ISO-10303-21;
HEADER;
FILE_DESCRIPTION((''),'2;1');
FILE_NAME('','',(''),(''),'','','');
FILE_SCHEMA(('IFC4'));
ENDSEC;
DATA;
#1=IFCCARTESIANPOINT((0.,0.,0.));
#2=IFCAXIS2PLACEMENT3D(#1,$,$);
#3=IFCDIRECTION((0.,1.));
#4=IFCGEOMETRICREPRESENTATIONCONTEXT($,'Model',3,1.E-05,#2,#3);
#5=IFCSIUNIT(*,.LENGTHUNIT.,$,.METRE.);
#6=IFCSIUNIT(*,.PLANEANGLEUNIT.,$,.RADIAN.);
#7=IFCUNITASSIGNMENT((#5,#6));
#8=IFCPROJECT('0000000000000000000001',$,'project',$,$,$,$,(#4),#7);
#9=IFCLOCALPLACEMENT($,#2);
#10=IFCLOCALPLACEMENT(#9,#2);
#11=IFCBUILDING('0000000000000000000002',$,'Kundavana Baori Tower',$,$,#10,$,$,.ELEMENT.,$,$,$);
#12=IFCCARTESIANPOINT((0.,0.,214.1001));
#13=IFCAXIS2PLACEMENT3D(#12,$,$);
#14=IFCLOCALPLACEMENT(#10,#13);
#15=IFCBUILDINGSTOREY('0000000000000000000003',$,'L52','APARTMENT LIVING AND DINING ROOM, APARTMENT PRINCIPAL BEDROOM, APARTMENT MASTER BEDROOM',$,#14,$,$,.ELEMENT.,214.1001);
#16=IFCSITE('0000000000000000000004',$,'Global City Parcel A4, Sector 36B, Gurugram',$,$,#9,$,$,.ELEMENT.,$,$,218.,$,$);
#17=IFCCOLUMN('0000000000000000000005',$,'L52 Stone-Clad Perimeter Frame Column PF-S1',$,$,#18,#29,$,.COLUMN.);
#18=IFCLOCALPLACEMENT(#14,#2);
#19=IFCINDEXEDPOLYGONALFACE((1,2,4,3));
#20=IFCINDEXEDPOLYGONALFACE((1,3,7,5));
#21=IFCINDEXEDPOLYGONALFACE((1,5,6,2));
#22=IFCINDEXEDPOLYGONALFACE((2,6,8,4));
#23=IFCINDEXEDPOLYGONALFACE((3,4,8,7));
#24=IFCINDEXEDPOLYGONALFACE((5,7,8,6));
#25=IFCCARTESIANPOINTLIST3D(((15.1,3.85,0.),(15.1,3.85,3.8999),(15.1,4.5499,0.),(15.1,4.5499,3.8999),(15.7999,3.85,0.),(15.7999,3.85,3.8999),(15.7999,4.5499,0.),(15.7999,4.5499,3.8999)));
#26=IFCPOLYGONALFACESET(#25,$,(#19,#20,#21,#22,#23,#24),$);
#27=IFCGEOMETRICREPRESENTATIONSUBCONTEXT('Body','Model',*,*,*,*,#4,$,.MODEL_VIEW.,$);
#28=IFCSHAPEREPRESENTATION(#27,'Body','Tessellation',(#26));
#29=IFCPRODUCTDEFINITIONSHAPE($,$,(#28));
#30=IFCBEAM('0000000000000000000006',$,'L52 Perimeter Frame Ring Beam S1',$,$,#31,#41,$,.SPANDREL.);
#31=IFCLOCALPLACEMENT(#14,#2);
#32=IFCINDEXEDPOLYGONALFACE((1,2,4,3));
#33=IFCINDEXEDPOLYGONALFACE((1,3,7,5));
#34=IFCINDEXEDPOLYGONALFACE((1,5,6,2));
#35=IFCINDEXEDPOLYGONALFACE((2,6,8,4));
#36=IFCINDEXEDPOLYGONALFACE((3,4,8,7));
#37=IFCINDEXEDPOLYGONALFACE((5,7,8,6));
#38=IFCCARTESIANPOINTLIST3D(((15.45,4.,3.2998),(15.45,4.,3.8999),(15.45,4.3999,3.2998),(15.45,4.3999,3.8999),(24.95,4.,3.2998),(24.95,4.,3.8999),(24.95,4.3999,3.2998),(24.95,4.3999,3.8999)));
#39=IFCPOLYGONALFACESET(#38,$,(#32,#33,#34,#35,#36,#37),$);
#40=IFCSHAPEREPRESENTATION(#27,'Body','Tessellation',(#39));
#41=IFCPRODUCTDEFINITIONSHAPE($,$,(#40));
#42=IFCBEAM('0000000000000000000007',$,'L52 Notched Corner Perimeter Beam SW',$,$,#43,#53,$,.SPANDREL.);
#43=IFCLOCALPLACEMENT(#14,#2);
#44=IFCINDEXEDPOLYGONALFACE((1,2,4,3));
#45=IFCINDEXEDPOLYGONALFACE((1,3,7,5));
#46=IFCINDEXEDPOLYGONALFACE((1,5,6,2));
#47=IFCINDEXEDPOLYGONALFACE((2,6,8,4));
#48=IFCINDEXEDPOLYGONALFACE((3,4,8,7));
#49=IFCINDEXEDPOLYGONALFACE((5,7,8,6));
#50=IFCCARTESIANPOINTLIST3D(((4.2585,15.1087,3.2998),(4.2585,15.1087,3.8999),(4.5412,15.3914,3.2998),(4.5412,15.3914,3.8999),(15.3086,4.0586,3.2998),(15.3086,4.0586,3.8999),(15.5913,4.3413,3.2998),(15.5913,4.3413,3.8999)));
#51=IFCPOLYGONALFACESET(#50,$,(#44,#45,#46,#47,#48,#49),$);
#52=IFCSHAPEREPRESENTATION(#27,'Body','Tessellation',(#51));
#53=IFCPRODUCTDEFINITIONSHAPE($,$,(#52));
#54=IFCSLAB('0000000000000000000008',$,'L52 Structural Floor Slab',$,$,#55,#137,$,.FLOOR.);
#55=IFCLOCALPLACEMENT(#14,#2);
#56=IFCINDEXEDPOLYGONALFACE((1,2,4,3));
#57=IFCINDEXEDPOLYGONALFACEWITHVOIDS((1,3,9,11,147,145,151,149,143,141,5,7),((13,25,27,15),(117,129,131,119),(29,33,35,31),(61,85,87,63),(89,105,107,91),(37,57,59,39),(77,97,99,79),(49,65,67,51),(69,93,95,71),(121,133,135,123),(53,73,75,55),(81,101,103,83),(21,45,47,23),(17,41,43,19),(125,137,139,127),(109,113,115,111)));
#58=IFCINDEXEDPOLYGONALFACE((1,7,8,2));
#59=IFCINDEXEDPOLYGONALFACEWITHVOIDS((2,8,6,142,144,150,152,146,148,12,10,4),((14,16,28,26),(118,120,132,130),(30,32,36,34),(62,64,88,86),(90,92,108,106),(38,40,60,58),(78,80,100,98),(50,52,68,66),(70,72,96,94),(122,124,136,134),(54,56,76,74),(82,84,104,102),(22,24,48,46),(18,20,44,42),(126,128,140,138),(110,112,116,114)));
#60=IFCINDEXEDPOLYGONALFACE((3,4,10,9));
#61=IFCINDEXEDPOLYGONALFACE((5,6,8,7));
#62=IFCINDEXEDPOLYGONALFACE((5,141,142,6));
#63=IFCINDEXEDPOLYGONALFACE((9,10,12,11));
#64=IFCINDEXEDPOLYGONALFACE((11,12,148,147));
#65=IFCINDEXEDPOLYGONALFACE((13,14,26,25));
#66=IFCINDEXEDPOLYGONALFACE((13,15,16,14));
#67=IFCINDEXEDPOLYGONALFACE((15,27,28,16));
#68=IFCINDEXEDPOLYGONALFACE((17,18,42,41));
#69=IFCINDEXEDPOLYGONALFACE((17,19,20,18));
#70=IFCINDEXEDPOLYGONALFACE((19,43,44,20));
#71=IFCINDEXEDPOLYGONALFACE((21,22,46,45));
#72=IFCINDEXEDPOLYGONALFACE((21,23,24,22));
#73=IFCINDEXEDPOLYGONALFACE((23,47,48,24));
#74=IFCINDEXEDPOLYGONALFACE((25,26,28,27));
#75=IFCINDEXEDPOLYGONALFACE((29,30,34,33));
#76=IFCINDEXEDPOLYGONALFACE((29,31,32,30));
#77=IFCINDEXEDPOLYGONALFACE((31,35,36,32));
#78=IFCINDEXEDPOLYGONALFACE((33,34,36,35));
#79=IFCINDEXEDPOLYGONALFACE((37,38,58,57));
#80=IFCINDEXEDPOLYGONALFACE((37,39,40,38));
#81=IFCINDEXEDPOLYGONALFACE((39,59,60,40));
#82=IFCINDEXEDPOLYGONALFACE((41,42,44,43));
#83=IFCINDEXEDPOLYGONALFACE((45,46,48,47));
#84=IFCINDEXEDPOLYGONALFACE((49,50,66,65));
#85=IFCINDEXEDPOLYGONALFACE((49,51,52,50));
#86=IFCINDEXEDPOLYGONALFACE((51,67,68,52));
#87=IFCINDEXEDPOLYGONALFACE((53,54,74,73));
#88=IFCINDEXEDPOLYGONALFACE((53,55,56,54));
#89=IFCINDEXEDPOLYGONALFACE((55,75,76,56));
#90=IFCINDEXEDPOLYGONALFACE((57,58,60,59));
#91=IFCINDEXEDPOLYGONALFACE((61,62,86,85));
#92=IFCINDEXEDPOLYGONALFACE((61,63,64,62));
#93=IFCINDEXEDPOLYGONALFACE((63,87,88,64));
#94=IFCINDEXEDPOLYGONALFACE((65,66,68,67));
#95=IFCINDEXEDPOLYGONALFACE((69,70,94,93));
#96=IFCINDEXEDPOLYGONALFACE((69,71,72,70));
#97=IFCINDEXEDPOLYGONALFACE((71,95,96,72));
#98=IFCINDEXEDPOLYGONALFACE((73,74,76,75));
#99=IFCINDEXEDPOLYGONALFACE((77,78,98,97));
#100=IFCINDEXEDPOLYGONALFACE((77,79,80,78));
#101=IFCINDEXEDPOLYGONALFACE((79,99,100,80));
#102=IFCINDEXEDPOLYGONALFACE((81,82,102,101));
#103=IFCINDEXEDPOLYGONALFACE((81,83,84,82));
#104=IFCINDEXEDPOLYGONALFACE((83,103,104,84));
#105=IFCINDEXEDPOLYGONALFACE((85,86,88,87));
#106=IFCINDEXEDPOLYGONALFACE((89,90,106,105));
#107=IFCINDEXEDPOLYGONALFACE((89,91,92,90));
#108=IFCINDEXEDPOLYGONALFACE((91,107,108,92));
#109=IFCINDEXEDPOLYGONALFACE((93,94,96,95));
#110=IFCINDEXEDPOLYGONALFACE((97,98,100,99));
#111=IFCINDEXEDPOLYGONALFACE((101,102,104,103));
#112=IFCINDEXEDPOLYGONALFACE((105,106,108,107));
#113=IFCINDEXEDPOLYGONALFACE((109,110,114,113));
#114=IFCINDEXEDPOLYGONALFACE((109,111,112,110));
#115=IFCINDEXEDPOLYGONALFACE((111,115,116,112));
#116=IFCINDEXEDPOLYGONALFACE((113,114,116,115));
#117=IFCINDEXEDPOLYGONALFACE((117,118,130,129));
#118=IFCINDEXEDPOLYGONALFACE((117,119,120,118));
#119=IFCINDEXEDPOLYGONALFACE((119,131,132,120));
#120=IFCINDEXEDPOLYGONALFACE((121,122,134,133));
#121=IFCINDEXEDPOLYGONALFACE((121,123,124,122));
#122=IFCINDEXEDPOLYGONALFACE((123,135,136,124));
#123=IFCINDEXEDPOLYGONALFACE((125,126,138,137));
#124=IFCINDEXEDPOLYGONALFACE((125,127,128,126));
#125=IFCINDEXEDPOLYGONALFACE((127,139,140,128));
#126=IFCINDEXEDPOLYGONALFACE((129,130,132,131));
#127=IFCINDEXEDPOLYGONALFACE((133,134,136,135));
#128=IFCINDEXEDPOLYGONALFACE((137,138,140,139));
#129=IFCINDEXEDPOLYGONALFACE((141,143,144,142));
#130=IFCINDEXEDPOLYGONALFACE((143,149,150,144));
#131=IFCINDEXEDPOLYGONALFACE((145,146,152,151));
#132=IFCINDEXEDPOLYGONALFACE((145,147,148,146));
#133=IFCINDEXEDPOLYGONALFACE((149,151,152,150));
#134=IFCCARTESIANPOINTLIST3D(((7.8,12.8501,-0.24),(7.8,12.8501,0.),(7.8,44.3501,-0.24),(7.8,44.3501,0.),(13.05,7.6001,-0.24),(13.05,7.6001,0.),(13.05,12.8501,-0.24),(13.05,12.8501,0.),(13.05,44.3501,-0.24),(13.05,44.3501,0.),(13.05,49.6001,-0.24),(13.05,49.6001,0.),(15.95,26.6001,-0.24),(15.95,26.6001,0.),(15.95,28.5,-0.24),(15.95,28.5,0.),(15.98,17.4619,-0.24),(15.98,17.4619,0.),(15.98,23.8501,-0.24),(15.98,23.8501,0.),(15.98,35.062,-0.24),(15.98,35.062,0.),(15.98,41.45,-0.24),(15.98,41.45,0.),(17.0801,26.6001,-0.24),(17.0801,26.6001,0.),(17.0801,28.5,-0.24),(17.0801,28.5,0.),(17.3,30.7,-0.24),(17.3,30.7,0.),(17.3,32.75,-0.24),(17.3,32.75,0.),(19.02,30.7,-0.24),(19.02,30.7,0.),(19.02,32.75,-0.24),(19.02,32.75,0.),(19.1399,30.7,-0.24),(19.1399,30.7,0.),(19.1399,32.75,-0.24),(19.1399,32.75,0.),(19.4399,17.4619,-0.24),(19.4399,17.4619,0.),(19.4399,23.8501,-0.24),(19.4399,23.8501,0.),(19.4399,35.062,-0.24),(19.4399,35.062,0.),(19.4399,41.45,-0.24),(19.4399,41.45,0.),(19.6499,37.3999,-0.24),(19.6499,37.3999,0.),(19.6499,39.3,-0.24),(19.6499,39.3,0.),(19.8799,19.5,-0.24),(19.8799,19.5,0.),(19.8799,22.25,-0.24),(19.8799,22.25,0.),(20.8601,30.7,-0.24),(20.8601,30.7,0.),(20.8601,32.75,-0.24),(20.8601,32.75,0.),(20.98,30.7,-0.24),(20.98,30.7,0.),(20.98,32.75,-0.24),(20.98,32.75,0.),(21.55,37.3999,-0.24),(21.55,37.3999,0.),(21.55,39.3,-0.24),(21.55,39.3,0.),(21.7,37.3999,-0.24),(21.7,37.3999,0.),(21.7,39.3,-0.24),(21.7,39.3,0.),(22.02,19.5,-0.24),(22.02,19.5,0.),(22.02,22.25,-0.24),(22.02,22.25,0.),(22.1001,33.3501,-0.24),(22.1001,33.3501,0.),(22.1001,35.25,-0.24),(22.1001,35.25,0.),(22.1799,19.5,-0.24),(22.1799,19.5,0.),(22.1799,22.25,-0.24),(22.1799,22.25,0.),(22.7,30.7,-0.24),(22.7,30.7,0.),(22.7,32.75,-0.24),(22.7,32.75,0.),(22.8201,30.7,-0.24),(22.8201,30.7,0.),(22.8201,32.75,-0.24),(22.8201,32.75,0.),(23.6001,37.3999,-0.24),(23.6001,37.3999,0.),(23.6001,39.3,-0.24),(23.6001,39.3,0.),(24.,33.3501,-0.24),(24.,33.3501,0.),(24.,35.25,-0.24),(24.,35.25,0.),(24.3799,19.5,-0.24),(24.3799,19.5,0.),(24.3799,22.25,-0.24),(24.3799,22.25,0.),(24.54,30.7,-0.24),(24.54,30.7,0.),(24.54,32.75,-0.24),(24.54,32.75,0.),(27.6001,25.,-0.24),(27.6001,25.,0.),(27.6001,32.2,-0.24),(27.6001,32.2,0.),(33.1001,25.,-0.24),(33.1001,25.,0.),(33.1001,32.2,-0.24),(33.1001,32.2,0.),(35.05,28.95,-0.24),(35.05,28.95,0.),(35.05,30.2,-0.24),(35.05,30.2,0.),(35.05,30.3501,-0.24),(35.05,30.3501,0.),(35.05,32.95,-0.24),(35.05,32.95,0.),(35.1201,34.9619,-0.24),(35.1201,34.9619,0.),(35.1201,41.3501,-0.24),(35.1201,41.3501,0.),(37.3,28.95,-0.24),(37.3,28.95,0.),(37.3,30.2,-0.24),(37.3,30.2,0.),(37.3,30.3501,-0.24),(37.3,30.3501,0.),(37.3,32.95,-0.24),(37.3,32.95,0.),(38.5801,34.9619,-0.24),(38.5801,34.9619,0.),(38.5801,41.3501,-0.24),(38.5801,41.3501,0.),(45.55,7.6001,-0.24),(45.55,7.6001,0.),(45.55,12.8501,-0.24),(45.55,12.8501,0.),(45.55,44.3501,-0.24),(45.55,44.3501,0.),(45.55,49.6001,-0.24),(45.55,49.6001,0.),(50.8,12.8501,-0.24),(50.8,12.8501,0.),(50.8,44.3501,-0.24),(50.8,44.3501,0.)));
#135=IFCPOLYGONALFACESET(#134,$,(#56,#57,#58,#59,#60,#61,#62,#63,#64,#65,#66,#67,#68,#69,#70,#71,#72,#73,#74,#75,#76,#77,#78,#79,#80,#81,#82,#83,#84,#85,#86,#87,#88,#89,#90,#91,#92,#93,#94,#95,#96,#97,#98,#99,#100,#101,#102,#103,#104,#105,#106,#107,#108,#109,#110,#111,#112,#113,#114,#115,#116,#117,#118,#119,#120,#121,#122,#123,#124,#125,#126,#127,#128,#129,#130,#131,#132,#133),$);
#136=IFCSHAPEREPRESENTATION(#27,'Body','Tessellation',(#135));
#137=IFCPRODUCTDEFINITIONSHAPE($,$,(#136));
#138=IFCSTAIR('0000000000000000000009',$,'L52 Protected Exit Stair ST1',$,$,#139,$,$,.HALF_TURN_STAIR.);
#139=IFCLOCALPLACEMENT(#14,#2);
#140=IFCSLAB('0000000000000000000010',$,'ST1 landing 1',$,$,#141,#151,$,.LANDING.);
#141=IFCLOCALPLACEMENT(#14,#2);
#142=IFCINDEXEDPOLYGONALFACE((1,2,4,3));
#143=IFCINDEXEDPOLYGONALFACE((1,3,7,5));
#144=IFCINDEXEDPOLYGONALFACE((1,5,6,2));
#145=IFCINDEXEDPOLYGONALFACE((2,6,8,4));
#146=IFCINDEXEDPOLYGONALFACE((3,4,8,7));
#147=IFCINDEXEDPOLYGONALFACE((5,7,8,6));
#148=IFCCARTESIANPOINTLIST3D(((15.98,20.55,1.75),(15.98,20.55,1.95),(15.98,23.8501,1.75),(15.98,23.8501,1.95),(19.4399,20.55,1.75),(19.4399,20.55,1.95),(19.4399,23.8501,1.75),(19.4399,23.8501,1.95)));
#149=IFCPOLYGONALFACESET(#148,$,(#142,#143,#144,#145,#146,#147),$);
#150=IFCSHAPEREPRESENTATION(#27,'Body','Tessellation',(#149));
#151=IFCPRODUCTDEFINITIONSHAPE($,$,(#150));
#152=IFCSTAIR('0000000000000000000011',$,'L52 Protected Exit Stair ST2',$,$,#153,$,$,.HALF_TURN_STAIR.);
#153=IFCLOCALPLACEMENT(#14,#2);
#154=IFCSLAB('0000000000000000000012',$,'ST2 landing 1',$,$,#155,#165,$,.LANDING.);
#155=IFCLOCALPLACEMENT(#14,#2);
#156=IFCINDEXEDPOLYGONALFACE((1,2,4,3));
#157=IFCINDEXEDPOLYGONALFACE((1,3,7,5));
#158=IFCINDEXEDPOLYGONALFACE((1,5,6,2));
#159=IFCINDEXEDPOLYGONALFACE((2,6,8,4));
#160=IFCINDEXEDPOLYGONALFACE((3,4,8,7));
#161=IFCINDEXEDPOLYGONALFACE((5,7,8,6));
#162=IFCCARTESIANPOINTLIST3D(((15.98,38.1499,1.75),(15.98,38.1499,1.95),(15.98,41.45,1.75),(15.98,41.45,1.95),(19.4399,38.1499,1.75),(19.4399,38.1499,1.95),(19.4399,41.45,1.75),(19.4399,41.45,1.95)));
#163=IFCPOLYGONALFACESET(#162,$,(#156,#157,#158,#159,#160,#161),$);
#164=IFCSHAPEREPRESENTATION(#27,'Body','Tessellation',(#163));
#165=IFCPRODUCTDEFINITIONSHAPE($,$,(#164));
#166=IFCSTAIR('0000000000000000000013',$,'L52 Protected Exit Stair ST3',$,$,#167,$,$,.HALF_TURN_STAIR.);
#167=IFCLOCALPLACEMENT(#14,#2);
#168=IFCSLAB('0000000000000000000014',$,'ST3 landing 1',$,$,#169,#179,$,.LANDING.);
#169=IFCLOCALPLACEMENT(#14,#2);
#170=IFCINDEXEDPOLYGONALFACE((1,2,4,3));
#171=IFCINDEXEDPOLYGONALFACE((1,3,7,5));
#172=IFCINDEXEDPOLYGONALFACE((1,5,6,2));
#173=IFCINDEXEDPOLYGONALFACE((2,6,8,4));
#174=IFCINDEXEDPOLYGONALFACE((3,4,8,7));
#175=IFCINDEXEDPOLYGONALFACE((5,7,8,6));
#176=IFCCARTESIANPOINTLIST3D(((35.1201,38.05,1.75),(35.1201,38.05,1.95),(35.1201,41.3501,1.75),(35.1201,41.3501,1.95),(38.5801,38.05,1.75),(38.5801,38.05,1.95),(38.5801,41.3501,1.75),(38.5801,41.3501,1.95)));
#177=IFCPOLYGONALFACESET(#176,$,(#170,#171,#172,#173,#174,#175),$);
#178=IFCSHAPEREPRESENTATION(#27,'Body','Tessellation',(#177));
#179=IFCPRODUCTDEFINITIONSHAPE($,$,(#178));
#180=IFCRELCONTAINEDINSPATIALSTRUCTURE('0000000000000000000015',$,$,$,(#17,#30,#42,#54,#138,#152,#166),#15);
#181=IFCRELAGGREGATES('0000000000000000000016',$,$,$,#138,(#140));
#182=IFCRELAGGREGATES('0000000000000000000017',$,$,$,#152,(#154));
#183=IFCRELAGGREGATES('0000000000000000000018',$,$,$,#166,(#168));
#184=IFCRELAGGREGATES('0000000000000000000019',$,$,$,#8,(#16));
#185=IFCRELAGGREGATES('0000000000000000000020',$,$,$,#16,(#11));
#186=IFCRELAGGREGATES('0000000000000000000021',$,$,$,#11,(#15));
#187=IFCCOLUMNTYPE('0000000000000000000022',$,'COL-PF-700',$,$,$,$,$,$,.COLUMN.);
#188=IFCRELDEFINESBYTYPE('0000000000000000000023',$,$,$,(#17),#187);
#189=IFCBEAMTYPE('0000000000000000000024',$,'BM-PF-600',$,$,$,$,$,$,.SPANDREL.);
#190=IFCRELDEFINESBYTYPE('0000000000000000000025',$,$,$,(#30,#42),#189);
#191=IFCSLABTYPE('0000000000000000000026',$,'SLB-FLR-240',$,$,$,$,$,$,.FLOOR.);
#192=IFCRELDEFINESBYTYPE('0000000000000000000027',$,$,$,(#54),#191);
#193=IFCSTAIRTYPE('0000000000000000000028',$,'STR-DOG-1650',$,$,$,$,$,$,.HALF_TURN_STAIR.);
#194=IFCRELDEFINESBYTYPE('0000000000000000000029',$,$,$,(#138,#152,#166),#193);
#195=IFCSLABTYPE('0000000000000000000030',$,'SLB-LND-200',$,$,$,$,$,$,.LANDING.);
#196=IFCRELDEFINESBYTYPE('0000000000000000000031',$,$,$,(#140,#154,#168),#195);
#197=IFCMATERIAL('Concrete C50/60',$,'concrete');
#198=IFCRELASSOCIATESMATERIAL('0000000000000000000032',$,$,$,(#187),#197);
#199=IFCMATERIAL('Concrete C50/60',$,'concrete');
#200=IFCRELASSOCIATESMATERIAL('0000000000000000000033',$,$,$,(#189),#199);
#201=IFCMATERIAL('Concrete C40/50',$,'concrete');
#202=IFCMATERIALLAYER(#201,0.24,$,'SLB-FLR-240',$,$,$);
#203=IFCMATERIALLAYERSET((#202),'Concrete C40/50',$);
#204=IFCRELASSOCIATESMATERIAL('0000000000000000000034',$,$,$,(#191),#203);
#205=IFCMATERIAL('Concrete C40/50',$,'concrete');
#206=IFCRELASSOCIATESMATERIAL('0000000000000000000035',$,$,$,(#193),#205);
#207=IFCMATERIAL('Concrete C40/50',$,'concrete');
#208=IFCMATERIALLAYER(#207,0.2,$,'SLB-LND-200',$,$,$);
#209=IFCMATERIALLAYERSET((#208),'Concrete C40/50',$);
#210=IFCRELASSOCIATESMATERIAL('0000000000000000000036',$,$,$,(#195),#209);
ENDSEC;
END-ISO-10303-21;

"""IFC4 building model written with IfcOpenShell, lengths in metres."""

from ifc_helpers import new_model, si_unit, direction, frame, origin, origin_2d, place, context, subcontext, project, spatial, polyline, rectangle, outline, extrude, material, layer, layer_set, material_profile, profile_set, type_object, element, aggregate, save


model = new_model("IFC4")

# Units and contexts
model_context = context("Model", 3, precision=1e-05, world=origin(), true_north=direction((0.0, 1.0)))
body_context = subcontext(model_context, "Body", "Model", "MODEL_VIEW")
ifc_project = project(units=[si_unit("LENGTHUNIT", "METRE"), si_unit("PLANEANGLEUNIT", "RADIAN")], contexts=[model_context])

# Site, building, storey
site_placement = place(None, origin())
site = spatial("IfcSite", under=ifc_project, at=site_placement, Name="Global City Parcel A4, Sector 36B, Gurugram", CompositionType="ELEMENT", RefElevation=218.0)
building_placement = place(site_placement, origin())
building = spatial("IfcBuilding", under=site, at=building_placement, Name="Kundavana Baori Tower", CompositionType="ELEMENT")
storey_placement = place(building_placement, frame((0.0, 0.0, 214.1001)))
storey = spatial("IfcBuildingStorey", under=building, at=storey_placement, Name="L52", Description="APARTMENT LIVING AND DINING ROOM, APARTMENT PRINCIPAL BEDROOM, APARTMENT MASTER BEDROOM", CompositionType="ELEMENT", Elevation=214.1001)

# Column
ifc_material_1 = material(Name="Concrete C50/60", Category="concrete")
ifc_material_profile_1 = material_profile(ifc_material_1, rectangle(XDim=0.7, YDim=0.7, at=origin_2d()), Name="RC PF 700x700")
ifc_profile_set_1 = profile_set([ifc_material_profile_1], Name="Concrete C50/60")
column_type = type_object("IfcColumnType", Name="COL-PF-700", PredefinedType="COLUMN", material=ifc_profile_set_1)
column_placement = place(storey_placement, frame((15.45, 4.2, 0.0), z_axis=(0.0, 0.0, 1.0), x_axis=(1.0, 0.0, 0.0)))
element("IfcColumn", 1, at=column_placement, inside=storey, type_object=column_type, Name="L52 Stone-Clad Perimeter Frame Column PF-S1", PredefinedType="COLUMN", context=body_context, shape_type="SweptSolid", body=[
    extrude(rectangle(XDim=0.7, YDim=0.7, at=origin_2d()), origin(), (0.0, 0.0, 1.0), 3.8999),
])

# Beams
ifc_material_2 = material(Name="Concrete C50/60", Category="concrete")
ifc_material_profile_2 = material_profile(ifc_material_2, rectangle(XDim=0.3999, YDim=0.6001, at=origin_2d()), Name="RC BM 400x600")
ifc_profile_set_2 = profile_set([ifc_material_profile_2], Name="Concrete C50/60")
beam_type = type_object("IfcBeamType", Name="BM-PF-600", PredefinedType="SPANDREL", material=ifc_profile_set_2)
beam_1_placement = place(storey_placement, frame((15.45, 4.2, 3.5999), z_axis=(1.0, 0.0, 0.0), x_axis=(0.0, 1.0, 0.0)))
element("IfcBeam", 2, at=beam_1_placement, inside=storey, type_object=beam_type, Name="L52 Perimeter Frame Ring Beam S1", PredefinedType="SPANDREL", context=body_context, shape_type="SweptSolid", body=[
    extrude(rectangle(XDim=0.3999, YDim=0.6001, at=origin_2d()), origin(), (0.0, 0.0, 1.0), 9.5),
])
beam_2_placement = place(storey_placement, frame((15.45, 4.2, 3.5999), z_axis=(-0.707107, 0.707107, 0.0), x_axis=(-0.707107, -0.707107, 0.0)))
element("IfcBeam", 3, at=beam_2_placement, inside=storey, type_object=beam_type, Name="L52 Notched Corner Perimeter Beam SW", PredefinedType="SPANDREL", context=body_context, shape_type="SweptSolid", body=[
    extrude(rectangle(XDim=0.3999, YDim=0.6001, at=origin_2d()), origin(), (0.0, 0.0, 1.0), 15.6272),
])

# Slab
ifc_material_3 = material(Name="Concrete C40/50", Category="concrete")
ifc_layer_1 = layer(ifc_material_3, 0.24, Name="SLB-FLR-240")
ifc_layer_set_1 = layer_set([ifc_layer_1], Name="Concrete C40/50")
slab_type_1 = type_object("IfcSlabType", Name="SLB-FLR-240", PredefinedType="FLOOR", material=ifc_layer_set_1)
slab_1_placement = place(storey_placement, frame((0.0, 0.0, -0.24)))
element("IfcSlab", 4, at=slab_1_placement, inside=storey, type_object=slab_type_1, Name="L52 Structural Floor Slab", PredefinedType="FLOOR", context=body_context, shape_type="SweptSolid", body=[
    extrude(outline(polyline([(13.05, 7.6001), (45.55, 7.6001), (45.55, 12.8501), (50.8, 12.8501), (50.8, 44.3501), (45.55, 44.3501), (45.55, 49.6001), (13.05, 49.6001), (13.05, 44.3501), (7.8, 44.3501), (7.8, 12.8501), (13.05, 12.8501), (13.05, 7.6001)]), holes=[polyline([(19.4399, 17.4619), (19.4399, 23.8501), (15.98, 23.8501), (15.98, 17.4619), (19.4399, 17.4619)]), polyline([(19.4399, 35.062), (19.4399, 41.45), (15.98, 41.45), (15.98, 35.062), (19.4399, 35.062)]), polyline([(38.5801, 34.9619), (38.5801, 41.3501), (35.1201, 41.3501), (35.1201, 34.9619), (38.5801, 34.9619)]), polyline([(17.3, 30.7), (19.02, 30.7), (19.02, 32.75), (17.3, 32.75), (17.3, 30.7)]), polyline([(19.1399, 30.7), (20.8601, 30.7), (20.8601, 32.75), (19.1399, 32.75), (19.1399, 30.7)]), polyline([(20.98, 30.7), (22.7, 30.7), (22.7, 32.75), (20.98, 32.75), (20.98, 30.7)]), polyline([(22.8201, 30.7), (24.54, 30.7), (24.54, 32.75), (22.8201, 32.75), (22.8201, 30.7)]), polyline([(19.6499, 37.3999), (21.55, 37.3999), (21.55, 39.3), (19.6499, 39.3), (19.6499, 37.3999)]), polyline([(21.7, 37.3999), (23.6001, 37.3999), (23.6001, 39.3), (21.7, 39.3), (21.7, 37.3999)]), polyline([(22.1001, 33.3501), (24.0, 33.3501), (24.0, 35.25), (22.1001, 35.25), (22.1001, 33.3501)]), polyline([(19.8799, 19.5), (22.02, 19.5), (22.02, 22.25), (19.8799, 22.25), (19.8799, 19.5)]), polyline([(22.1799, 19.5), (24.3799, 19.5), (24.3799, 22.25), (22.1799, 22.25), (22.1799, 19.5)]), polyline([(35.05, 30.3501), (37.3, 30.3501), (37.3, 32.95), (35.05, 32.95), (35.05, 30.3501)]), polyline([(15.95, 26.6001), (17.0801, 26.6001), (17.0801, 28.5), (15.95, 28.5), (15.95, 26.6001)]), polyline([(35.05, 28.95), (37.3, 28.95), (37.3, 30.2), (35.05, 30.2), (35.05, 28.95)]), polyline([(27.6001, 25.0), (33.1001, 25.0), (33.1001, 32.2), (27.6001, 32.2), (27.6001, 25.0)])]), origin(), (0.0, 0.0, 1.0), 0.24),
])

# Stairs, slabs
ifc_material_4 = material(Name="Concrete C40/50", Category="concrete")
stair_type = type_object("IfcStairType", Name="STR-DOG-1650", PredefinedType="HALF_TURN_STAIR", material=ifc_material_4)
stair_1_placement = place(storey_placement, origin())
stair_1 = element("IfcStair", 5, at=stair_1_placement, inside=storey, type_object=stair_type, Name="L52 Protected Exit Stair ST1", PredefinedType="HALF_TURN_STAIR")
ifc_material_5 = material(Name="Concrete C40/50", Category="concrete")
ifc_layer_2 = layer(ifc_material_5, 0.2, Name="SLB-LND-200")
ifc_layer_set_2 = layer_set([ifc_layer_2], Name="Concrete C40/50")
slab_type_2 = type_object("IfcSlabType", Name="SLB-LND-200", PredefinedType="LANDING", material=ifc_layer_set_2)
slab_2_placement = place(storey_placement, frame((0.0, 0.0, 1.75)))
slab_2 = element("IfcSlab", 6, at=slab_2_placement, type_object=slab_type_2, Name="ST1 landing 1", PredefinedType="LANDING", context=body_context, shape_type="SweptSolid", body=[
    extrude(outline(polyline([(19.4399, 20.55), (19.4399, 23.8501), (15.98, 23.8501), (15.98, 20.55), (19.4399, 20.55)])), origin(), (0.0, 0.0, 1.0), 0.2),
])
aggregate(stair_1, [slab_2])
stair_2_placement = place(storey_placement, origin())
stair_2 = element("IfcStair", 7, at=stair_2_placement, inside=storey, type_object=stair_type, Name="L52 Protected Exit Stair ST2", PredefinedType="HALF_TURN_STAIR")
slab_3_placement = place(storey_placement, frame((0.0, 0.0, 1.75)))
slab_3 = element("IfcSlab", 8, at=slab_3_placement, type_object=slab_type_2, Name="ST2 landing 1", PredefinedType="LANDING", context=body_context, shape_type="SweptSolid", body=[
    extrude(outline(polyline([(19.4399, 38.1499), (19.4399, 41.45), (15.98, 41.45), (15.98, 38.1499), (19.4399, 38.1499)])), origin(), (0.0, 0.0, 1.0), 0.2),
])
aggregate(stair_2, [slab_3])
stair_3_placement = place(storey_placement, origin())
stair_3 = element("IfcStair", 9, at=stair_3_placement, inside=storey, type_object=stair_type, Name="L52 Protected Exit Stair ST3", PredefinedType="HALF_TURN_STAIR")
slab_4_placement = place(storey_placement, frame((0.0, 0.0, 1.75)))
slab_4 = element("IfcSlab", 10, at=slab_4_placement, type_object=slab_type_2, Name="ST3 landing 1", PredefinedType="LANDING", context=body_context, shape_type="SweptSolid", body=[
    extrude(outline(polyline([(38.5801, 38.05), (38.5801, 41.3501), (35.1201, 41.3501), (35.1201, 38.05), (38.5801, 38.05)])), origin(), (0.0, 0.0, 1.0), 0.2),
])
aggregate(stair_3, [slab_4])

save(model, "model.ifc")
